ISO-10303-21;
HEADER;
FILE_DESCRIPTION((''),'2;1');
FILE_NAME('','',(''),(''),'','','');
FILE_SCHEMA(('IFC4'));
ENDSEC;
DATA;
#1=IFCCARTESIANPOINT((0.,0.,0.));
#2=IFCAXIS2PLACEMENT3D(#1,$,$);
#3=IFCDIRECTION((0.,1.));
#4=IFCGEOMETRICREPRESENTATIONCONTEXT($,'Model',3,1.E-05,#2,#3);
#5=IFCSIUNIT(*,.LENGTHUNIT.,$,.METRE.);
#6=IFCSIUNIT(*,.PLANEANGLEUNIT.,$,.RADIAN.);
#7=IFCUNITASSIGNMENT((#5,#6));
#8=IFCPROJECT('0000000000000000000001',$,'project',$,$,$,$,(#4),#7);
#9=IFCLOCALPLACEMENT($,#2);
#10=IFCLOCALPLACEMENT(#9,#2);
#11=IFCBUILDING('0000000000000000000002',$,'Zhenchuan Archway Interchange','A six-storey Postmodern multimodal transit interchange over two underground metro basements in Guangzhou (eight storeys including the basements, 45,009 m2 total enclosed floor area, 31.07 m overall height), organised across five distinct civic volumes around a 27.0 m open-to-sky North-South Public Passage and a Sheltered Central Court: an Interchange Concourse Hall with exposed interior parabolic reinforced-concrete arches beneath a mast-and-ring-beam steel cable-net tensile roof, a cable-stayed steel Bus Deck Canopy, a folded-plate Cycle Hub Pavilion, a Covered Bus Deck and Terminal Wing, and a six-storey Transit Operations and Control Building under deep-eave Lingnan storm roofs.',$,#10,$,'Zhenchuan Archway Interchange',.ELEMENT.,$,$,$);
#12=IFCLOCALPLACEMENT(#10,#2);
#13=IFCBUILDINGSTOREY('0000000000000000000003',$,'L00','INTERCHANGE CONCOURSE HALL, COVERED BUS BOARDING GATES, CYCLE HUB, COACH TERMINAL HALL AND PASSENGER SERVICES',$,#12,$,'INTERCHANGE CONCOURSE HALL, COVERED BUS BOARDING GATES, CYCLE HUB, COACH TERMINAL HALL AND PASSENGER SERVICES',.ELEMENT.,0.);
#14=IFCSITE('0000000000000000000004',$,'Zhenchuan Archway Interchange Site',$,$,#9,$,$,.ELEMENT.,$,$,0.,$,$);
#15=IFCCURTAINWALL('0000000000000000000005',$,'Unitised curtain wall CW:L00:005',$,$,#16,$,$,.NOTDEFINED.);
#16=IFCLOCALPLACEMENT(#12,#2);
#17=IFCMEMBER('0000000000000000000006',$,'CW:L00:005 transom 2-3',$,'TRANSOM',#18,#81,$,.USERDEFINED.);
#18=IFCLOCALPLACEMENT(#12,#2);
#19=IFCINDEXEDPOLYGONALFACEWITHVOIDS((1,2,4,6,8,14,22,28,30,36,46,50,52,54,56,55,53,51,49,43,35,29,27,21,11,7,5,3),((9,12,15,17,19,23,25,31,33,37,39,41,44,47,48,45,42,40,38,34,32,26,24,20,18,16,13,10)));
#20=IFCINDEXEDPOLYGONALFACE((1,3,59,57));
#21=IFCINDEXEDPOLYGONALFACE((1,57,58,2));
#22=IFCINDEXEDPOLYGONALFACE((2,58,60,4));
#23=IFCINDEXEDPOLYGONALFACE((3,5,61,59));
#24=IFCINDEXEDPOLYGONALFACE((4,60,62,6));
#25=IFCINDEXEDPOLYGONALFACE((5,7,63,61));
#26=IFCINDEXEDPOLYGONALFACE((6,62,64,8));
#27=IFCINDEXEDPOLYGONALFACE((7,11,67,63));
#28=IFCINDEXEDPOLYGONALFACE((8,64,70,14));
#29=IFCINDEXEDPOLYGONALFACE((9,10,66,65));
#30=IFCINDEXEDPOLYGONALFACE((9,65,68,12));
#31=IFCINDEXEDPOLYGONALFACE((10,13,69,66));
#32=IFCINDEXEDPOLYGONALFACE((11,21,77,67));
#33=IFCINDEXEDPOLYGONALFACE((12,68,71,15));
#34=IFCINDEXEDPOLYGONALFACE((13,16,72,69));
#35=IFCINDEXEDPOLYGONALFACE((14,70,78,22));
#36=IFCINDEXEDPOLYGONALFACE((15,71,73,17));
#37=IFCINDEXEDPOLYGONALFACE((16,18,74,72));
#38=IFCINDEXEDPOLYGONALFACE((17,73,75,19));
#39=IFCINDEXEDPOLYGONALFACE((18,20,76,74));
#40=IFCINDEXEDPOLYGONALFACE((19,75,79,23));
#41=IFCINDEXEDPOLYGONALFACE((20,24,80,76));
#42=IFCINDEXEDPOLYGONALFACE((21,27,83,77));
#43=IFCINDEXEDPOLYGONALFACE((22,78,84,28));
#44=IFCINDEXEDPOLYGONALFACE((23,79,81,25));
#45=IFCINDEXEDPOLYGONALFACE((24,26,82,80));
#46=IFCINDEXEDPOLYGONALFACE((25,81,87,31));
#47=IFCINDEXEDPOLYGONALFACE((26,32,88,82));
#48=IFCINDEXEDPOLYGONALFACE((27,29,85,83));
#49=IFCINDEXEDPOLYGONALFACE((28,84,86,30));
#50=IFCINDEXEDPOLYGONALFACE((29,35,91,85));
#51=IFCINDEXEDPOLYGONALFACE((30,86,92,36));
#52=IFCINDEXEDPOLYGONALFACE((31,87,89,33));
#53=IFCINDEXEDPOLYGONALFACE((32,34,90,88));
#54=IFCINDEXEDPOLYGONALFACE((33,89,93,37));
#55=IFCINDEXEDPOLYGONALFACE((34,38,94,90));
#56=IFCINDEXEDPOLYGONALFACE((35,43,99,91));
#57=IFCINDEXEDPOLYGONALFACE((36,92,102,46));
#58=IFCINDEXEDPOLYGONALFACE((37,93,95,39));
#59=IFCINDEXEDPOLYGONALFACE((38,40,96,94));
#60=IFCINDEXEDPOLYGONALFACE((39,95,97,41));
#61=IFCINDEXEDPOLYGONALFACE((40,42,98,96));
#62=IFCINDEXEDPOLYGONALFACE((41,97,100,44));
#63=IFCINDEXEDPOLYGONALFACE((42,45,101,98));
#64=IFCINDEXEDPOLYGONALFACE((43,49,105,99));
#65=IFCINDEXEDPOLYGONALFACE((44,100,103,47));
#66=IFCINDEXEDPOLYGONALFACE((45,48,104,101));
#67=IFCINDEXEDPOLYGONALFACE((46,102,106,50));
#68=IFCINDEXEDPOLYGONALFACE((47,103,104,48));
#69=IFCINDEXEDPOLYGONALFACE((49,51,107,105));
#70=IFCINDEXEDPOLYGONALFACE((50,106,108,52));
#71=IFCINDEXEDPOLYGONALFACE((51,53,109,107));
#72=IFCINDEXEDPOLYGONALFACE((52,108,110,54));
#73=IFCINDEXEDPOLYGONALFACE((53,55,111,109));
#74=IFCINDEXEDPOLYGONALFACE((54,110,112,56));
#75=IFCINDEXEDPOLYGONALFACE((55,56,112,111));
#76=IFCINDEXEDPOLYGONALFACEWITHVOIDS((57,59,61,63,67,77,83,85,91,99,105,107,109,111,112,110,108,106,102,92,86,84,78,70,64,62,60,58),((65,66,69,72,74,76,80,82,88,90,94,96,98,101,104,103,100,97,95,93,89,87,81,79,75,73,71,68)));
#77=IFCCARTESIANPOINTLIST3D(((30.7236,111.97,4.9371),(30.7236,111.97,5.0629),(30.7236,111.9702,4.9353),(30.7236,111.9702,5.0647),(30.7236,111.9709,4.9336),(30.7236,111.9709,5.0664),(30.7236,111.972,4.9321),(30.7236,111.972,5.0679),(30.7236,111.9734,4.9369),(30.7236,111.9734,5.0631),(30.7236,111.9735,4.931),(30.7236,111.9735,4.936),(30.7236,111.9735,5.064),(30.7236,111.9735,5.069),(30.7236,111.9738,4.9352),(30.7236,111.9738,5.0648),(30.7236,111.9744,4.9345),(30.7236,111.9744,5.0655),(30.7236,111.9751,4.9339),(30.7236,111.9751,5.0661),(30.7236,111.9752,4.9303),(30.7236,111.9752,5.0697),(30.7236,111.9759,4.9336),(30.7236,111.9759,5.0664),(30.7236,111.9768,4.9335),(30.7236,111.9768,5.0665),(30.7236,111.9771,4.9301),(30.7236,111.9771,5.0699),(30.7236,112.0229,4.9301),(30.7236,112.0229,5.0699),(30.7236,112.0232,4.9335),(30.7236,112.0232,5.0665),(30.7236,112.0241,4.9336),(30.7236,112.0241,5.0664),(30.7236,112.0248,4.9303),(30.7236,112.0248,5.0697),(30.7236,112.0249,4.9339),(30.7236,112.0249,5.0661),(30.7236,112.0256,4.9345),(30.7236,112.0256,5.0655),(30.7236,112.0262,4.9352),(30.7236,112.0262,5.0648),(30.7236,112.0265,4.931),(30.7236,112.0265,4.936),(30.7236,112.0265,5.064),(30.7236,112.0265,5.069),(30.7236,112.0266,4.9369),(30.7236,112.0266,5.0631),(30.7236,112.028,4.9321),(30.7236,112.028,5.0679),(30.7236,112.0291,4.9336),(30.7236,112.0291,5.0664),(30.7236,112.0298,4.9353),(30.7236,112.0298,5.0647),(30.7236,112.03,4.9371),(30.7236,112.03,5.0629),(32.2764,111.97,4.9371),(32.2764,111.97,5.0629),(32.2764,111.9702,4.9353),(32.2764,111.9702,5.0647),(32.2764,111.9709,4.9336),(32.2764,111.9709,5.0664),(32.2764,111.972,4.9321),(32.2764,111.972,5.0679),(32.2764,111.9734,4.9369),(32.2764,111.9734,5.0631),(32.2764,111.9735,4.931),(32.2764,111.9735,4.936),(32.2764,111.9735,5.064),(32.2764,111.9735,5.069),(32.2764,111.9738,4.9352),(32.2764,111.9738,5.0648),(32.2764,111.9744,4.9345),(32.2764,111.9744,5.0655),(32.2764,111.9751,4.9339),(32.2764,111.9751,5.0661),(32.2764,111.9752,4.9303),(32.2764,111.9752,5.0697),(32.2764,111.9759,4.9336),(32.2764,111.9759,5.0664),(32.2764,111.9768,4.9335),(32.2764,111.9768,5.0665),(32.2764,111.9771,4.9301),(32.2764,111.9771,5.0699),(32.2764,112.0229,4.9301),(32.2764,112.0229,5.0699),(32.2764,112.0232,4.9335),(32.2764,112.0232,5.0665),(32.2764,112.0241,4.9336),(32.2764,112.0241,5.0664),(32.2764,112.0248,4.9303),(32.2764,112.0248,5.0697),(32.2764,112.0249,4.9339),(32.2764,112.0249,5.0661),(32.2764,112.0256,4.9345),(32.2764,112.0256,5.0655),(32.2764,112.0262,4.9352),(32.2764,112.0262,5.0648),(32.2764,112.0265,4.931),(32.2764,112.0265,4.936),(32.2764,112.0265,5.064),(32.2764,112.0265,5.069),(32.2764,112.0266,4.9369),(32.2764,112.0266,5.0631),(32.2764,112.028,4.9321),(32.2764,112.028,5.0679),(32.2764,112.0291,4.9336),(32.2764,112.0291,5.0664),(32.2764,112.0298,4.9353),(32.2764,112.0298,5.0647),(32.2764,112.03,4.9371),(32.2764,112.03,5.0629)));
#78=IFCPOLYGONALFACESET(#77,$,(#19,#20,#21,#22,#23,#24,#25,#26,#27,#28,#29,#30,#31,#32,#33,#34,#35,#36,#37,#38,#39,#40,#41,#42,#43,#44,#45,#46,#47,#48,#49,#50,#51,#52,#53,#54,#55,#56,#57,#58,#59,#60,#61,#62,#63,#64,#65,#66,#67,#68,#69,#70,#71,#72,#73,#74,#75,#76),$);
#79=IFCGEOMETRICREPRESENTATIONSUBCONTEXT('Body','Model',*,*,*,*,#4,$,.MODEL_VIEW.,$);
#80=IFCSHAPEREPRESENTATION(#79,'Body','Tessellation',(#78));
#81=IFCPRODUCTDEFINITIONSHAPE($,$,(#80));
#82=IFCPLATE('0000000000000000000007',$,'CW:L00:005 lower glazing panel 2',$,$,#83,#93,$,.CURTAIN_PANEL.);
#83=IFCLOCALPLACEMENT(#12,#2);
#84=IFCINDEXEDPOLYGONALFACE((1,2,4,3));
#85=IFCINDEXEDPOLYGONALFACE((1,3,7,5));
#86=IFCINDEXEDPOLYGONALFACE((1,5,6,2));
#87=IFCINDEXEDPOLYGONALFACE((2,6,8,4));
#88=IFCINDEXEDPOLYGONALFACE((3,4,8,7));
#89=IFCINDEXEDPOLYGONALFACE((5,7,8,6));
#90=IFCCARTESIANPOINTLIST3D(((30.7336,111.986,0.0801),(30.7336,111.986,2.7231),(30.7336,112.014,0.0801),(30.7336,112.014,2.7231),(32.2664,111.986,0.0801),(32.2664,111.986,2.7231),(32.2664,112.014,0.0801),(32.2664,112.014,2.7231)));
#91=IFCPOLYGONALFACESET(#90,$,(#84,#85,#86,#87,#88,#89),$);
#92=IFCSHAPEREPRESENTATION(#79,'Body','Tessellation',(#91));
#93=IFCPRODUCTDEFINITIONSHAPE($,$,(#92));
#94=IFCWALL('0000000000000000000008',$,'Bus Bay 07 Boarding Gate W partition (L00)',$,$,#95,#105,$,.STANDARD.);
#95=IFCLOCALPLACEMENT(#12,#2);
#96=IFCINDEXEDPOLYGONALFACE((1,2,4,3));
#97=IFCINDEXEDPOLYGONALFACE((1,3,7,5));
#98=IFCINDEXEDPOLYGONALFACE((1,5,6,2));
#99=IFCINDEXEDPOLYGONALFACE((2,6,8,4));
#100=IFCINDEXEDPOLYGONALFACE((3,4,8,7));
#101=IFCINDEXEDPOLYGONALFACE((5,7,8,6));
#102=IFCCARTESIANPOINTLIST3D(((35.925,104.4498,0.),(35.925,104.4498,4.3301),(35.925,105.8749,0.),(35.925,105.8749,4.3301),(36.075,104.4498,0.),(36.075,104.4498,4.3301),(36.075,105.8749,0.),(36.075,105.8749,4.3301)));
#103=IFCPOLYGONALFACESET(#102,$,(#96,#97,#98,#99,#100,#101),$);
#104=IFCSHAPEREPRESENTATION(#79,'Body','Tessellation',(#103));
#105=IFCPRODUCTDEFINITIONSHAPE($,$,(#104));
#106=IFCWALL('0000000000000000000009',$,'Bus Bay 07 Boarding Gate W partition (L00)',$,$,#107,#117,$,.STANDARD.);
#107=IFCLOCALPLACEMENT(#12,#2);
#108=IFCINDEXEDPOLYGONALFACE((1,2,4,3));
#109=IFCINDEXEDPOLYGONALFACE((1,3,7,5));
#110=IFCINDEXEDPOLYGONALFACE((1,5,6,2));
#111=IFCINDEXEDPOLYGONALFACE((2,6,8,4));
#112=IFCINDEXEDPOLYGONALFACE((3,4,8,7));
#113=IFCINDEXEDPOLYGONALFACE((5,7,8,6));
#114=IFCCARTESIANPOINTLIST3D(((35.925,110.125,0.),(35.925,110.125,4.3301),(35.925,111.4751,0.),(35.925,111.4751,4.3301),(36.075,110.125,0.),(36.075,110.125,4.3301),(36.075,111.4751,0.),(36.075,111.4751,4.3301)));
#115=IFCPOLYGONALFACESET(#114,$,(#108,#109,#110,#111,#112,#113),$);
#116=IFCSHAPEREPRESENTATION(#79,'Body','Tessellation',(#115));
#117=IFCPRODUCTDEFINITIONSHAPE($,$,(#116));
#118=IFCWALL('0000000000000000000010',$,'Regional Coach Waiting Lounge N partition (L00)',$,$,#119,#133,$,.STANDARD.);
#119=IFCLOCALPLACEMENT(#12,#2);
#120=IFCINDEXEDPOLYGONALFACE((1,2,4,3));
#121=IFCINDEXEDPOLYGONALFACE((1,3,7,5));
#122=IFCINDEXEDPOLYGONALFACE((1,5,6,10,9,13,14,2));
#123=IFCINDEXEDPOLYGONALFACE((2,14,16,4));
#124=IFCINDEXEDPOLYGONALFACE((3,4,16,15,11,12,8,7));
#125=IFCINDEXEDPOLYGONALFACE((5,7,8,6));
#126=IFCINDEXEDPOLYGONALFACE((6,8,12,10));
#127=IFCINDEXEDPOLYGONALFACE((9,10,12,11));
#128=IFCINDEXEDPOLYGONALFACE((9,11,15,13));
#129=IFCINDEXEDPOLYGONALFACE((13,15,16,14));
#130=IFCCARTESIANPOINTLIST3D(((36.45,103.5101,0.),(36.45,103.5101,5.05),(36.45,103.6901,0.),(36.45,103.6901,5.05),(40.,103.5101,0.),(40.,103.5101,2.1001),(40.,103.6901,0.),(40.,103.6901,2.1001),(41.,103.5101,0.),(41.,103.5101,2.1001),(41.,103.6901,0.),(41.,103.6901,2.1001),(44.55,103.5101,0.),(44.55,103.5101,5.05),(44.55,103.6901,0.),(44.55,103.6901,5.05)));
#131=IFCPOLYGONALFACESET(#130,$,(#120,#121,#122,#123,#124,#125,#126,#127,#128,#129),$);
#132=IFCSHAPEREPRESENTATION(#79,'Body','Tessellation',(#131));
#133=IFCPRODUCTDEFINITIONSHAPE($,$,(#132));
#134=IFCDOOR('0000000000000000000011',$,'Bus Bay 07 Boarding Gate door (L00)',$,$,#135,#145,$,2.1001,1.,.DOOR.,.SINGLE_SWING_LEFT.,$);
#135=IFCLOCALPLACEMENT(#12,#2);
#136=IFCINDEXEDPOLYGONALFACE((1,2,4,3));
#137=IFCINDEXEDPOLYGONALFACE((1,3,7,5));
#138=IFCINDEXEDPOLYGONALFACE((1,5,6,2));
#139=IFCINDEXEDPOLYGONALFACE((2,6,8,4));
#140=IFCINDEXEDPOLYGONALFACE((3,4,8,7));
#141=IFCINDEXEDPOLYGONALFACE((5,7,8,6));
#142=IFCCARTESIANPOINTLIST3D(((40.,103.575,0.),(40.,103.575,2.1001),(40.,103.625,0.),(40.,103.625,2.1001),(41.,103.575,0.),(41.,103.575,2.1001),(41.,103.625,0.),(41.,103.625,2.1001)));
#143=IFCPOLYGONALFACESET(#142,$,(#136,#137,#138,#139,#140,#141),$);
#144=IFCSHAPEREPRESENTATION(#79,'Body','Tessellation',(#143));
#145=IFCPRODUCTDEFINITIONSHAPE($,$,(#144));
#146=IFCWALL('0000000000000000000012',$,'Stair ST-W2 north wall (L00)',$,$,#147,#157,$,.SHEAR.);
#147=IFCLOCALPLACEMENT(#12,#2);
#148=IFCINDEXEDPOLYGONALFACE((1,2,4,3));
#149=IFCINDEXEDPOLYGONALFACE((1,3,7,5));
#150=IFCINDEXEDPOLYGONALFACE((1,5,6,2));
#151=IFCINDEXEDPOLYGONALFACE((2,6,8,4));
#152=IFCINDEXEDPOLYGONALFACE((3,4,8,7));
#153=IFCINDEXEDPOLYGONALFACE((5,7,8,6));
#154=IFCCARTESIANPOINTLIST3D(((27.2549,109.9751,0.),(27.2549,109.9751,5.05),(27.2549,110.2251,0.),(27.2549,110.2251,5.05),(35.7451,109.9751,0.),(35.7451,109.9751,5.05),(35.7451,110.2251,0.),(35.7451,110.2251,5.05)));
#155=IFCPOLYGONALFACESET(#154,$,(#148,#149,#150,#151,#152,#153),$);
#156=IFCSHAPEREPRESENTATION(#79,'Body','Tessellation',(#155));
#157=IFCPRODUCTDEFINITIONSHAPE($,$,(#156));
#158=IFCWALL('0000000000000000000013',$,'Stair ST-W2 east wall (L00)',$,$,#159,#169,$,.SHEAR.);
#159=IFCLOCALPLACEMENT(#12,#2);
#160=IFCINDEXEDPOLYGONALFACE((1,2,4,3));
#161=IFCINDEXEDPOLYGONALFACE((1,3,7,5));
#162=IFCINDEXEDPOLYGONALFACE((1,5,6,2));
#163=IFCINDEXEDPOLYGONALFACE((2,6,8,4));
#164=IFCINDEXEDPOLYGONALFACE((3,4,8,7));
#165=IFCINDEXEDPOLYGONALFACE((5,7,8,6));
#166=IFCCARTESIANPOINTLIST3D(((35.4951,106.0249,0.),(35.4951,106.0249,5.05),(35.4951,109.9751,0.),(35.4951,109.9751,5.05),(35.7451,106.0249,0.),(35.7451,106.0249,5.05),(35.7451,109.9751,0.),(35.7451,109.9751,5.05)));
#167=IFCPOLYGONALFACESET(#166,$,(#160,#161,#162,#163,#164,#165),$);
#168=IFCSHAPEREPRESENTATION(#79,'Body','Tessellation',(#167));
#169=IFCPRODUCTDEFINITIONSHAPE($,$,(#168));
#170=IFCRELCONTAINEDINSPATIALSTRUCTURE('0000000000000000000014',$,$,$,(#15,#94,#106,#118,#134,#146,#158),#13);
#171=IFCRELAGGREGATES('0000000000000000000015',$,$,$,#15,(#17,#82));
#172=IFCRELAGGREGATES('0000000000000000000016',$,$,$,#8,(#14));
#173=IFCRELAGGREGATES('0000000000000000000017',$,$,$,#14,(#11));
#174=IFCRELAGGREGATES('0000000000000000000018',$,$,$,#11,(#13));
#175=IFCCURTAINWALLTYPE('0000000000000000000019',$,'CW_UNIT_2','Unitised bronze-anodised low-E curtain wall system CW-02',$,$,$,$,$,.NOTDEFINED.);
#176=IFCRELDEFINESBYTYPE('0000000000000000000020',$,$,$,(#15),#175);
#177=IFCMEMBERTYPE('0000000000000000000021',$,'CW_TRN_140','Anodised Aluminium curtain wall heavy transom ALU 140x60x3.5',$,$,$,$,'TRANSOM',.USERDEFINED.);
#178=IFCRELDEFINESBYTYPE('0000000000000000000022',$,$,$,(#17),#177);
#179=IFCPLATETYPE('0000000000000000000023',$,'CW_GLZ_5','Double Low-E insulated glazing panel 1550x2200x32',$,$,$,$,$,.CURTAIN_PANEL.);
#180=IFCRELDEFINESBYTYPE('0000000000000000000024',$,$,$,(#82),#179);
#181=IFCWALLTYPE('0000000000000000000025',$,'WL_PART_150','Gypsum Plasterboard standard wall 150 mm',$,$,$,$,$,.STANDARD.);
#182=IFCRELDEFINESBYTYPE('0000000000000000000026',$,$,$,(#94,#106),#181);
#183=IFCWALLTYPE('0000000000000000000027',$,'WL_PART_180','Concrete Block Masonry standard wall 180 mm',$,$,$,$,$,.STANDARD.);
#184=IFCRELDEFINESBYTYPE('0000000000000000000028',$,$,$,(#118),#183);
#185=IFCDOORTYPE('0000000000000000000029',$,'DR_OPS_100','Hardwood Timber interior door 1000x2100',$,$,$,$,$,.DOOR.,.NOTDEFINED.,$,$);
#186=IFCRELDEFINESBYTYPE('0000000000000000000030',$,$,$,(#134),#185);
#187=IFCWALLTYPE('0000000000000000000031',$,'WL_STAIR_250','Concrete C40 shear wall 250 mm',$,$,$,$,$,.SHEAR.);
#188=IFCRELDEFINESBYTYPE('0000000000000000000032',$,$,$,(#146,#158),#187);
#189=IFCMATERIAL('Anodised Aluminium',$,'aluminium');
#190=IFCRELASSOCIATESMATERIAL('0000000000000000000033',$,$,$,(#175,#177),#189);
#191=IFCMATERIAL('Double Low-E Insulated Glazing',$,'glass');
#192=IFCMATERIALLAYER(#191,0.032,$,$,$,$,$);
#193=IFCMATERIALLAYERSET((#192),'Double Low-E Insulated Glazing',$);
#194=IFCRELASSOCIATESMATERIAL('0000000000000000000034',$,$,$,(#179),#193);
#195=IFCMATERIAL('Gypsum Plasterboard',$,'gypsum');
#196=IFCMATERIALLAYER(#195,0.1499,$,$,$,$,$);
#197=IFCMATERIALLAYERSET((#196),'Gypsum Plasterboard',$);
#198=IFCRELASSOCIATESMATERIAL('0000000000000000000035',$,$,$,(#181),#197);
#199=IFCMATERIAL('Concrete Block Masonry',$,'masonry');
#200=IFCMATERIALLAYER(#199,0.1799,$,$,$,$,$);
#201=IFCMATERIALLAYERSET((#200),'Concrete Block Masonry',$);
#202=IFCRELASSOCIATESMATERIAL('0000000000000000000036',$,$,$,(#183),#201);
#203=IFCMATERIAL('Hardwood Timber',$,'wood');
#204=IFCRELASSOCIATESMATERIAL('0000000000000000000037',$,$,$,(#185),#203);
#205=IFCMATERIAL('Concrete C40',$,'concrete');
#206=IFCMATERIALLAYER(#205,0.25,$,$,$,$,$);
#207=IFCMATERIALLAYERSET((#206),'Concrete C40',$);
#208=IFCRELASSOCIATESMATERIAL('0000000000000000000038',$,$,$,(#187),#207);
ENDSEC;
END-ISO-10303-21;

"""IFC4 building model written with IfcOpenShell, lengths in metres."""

from ifc_helpers import new_model, si_unit, direction, frame, frame_2d, origin, origin_2d, place, context, subcontext, project, spatial, rectangle, hollow_rectangle, extrude, material, layer, layer_set, material_profile, profile_set, type_object, element, fill, aggregate, save


model = new_model("IFC4")

# Units and contexts
model_context = context("Model", 3, precision=1e-05, world=origin(), true_north=direction((0.0, 1.0)))
body_context = subcontext(model_context, "Body", "Model", "MODEL_VIEW")
ifc_project = project(units=[si_unit("LENGTHUNIT", "METRE"), si_unit("PLANEANGLEUNIT", "RADIAN")], contexts=[model_context])

# Site, building, storey
site_placement = place(None, origin())
site = spatial("IfcSite", under=ifc_project, at=site_placement, Name="Zhenchuan Archway Interchange Site", CompositionType="ELEMENT", RefElevation=0.0)
building_placement = place(site_placement, origin())
building = spatial("IfcBuilding", under=site, at=building_placement, Name="Zhenchuan Archway Interchange", Description="A six-storey Postmodern multimodal transit interchange over two underground metro basements in Guangzhou (eight storeys including the basements, 45,009 m2 total enclosed floor area, 31.07 m overall height), organised across five distinct civic volumes around a 27.0 m open-to-sky North-South Public Passage and a Sheltered Central Court: an Interchange Concourse Hall with exposed interior parabolic reinforced-concrete arches beneath a mast-and-ring-beam steel cable-net tensile roof, a cable-stayed steel Bus Deck Canopy, a folded-plate Cycle Hub Pavilion, a Covered Bus Deck and Terminal Wing, and a six-storey Transit Operations and Control Building under deep-eave Lingnan storm roofs.", LongName="Zhenchuan Archway Interchange", CompositionType="ELEMENT")
storey_placement = place(building_placement, origin())
storey = spatial("IfcBuildingStorey", under=building, at=storey_placement, Name="L00", Description="INTERCHANGE CONCOURSE HALL, COVERED BUS BOARDING GATES, CYCLE HUB, COACH TERMINAL HALL AND PASSENGER SERVICES", LongName="INTERCHANGE CONCOURSE HALL, COVERED BUS BOARDING GATES, CYCLE HUB, COACH TERMINAL HALL AND PASSENGER SERVICES", CompositionType="ELEMENT", Elevation=0.0)

# Shared definitions
ifc_material_1 = material(Name="Concrete C40", Category="concrete")

# Curtain wall, member, plate
ifc_material_2 = material(Name="Anodised Aluminium", Category="aluminium")
curtain_wall_type = type_object("IfcCurtainWallType", Name="CW_UNIT_2", Description="Unitised bronze-anodised low-E curtain wall system CW-02", PredefinedType="NOTDEFINED", material=ifc_material_2)
curtain_wall_placement = place(storey_placement, origin())
curtain_wall = element("IfcCurtainWall", 1, at=curtain_wall_placement, inside=storey, type_object=curtain_wall_type, Name="Unitised curtain wall CW:L00:005", PredefinedType="NOTDEFINED")
ifc_material_profile_1 = material_profile(ifc_material_2, hollow_rectangle(XDim=0.0601, YDim=0.1399, WallThickness=0.0034, InnerFilletRadius=0.0034, OuterFilletRadius=0.0071, at=origin_2d()), Name="ALU 140x60x3.5")
ifc_profile_set_1 = profile_set([ifc_material_profile_1], Name="Anodised Aluminium")
member_type = type_object("IfcMemberType", Name="CW_TRN_140", Description="Anodised Aluminium curtain wall heavy transom ALU 140x60x3.5", ElementType="TRANSOM", PredefinedType="USERDEFINED", material=ifc_profile_set_1)
member_1_placement = place(storey_placement, frame((30.7236, 112.0, 5.0), z_axis=(1.0, 0.0, 0.0), x_axis=(0.0, 1.0, 0.0)))
member_1 = element("IfcMember", 2, at=member_1_placement, type_object=member_type, Name="CW:L00:005 transom 2-3", ObjectType="TRANSOM", PredefinedType="USERDEFINED", context=body_context, shape_type="SweptSolid", body=[
    extrude(hollow_rectangle(XDim=0.0601, YDim=0.1399, WallThickness=0.0034, InnerFilletRadius=0.0034, OuterFilletRadius=0.0071, at=origin_2d()), origin(), (0.0, 0.0, 1.0), 1.5527),
])
ifc_material_3 = material(Name="Double Low-E Insulated Glazing", Category="glass")
ifc_layer_1 = layer(ifc_material_3, 0.032)
ifc_layer_set_1 = layer_set([ifc_layer_1], Name="Double Low-E Insulated Glazing")
plate_type = type_object("IfcPlateType", Name="CW_GLZ_5", Description="Double Low-E insulated glazing panel 1550x2200x32", PredefinedType="CURTAIN_PANEL", material=ifc_layer_set_1)
plate_placement = place(storey_placement, frame((31.5, 112.0, 0.0801), z_axis=(0.0, 0.0, 1.0), x_axis=(1.0, 0.0, 0.0)))
plate = element("IfcPlate", 3, at=plate_placement, type_object=plate_type, Name="CW:L00:005 lower glazing panel 2", PredefinedType="CURTAIN_PANEL", context=body_context, shape_type="SweptSolid", body=[
    extrude(rectangle(XDim=1.5327, YDim=0.0281, at=origin_2d()), origin(), (0.0, 0.0, 1.0), 2.6431),
])
aggregate(curtain_wall, [member_1, plate])

# Walls
ifc_material_4 = material(Name="Gypsum Plasterboard", Category="gypsum")
ifc_layer_2 = layer(ifc_material_4, 0.1499)
ifc_layer_set_2 = layer_set([ifc_layer_2], Name="Gypsum Plasterboard")
wall_type_1 = type_object("IfcWallType", Name="WL_PART_150", Description="Gypsum Plasterboard standard wall 150 mm", PredefinedType="STANDARD", material=ifc_layer_set_2)
wall_1_placement = place(storey_placement, frame((36.0, 104.45, 0.0), z_axis=(0.0, 0.0, 1.0), x_axis=(0.0, 1.0, 0.0)))
element("IfcWall", 4, at=wall_1_placement, inside=storey, type_object=wall_type_1, Name="Bus Bay 07 Boarding Gate W partition (L00)", PredefinedType="STANDARD", context=body_context, shape_type="SweptSolid", body=[
    extrude(rectangle(XDim=1.425, YDim=0.1499, at=frame_2d((0.7124, 0.0))), origin(), (0.0, 0.0, 1.0), 4.3301),
])
wall_2_placement = place(storey_placement, frame((36.0, 110.125, 0.0), z_axis=(0.0, 0.0, 1.0), x_axis=(0.0, 1.0, 0.0)))
element("IfcWall", 5, at=wall_2_placement, inside=storey, type_object=wall_type_1, Name="Bus Bay 07 Boarding Gate W partition (L00)", PredefinedType="STANDARD", context=body_context, shape_type="SweptSolid", body=[
    extrude(rectangle(XDim=1.3501, YDim=0.1499, at=frame_2d((0.675, 0.0))), origin(), (0.0, 0.0, 1.0), 4.3301),
])

# Wall, opening, door
ifc_material_5 = material(Name="Concrete Block Masonry", Category="masonry")
ifc_layer_3 = layer(ifc_material_5, 0.1799)
ifc_layer_set_3 = layer_set([ifc_layer_3], Name="Concrete Block Masonry")
wall_type_2 = type_object("IfcWallType", Name="WL_PART_180", Description="Concrete Block Masonry standard wall 180 mm", PredefinedType="STANDARD", material=ifc_layer_set_3)
wall_3_placement = place(storey_placement, frame((36.45, 103.6001, 0.0), z_axis=(0.0, 0.0, 1.0), x_axis=(1.0, 0.0, 0.0)))
wall_3 = element("IfcWall", 6, at=wall_3_placement, inside=storey, type_object=wall_type_2, Name="Regional Coach Waiting Lounge N partition (L00)", PredefinedType="STANDARD", context=body_context, shape_type="SweptSolid", body=[
    extrude(rectangle(XDim=8.1001, YDim=0.1799, at=frame_2d((4.05, 0.0))), origin(), (0.0, 0.0, 1.0), 5.05),
])
opening_placement = place(wall_3_placement, frame((3.55, 0.0, 0.0)))
opening = element("IfcOpeningElement", 7, at=opening_placement, cuts=wall_3, PredefinedType="OPENING", context=body_context, shape_type="SweptSolid", body=[
    extrude(rectangle(XDim=1.0, YDim=2.1001, at=frame_2d((0.5, 1.05))), frame((0.0, 0.1021, 0.0), z_axis=(0.0, -1.0, 0.0), x_axis=(1.0, 0.0, 0.0)), (0.0, 0.0, 1.0), 0.2039),
])
ifc_material_6 = material(Name="Hardwood Timber", Category="wood")
door_type = type_object("IfcDoorType", Name="DR_OPS_100", Description="Hardwood Timber interior door 1000x2100", OperationType="NOTDEFINED", PredefinedType="DOOR", material=ifc_material_6)
door_placement = place(opening_placement, origin())
door = element("IfcDoor", 8, at=door_placement, inside=storey, type_object=door_type, Name="Bus Bay 07 Boarding Gate door (L00)", OperationType="SINGLE_SWING_LEFT", OverallHeight=2.1001, OverallWidth=1.0, PredefinedType="DOOR", context=body_context, shape_type="SweptSolid", body=[
    extrude(rectangle(XDim=1.0, YDim=2.1001, at=frame_2d((0.5, 1.05))), frame((0.0, 0.0249, 0.0), z_axis=(0.0, -1.0, 0.0), x_axis=(1.0, 0.0, 0.0)), (0.0, 0.0, 1.0), 0.05),
])
fill(opening, door)

# Walls
ifc_layer_4 = layer(ifc_material_1, 0.25)
ifc_layer_set_4 = layer_set([ifc_layer_4], Name="Concrete C40")
wall_type_3 = type_object("IfcWallType", Name="WL_STAIR_250", Description="Concrete C40 shear wall 250 mm", PredefinedType="SHEAR", material=ifc_layer_set_4)
wall_4_placement = place(storey_placement, frame((35.7451, 110.1001, 0.0), z_axis=(0.0, 0.0, 1.0), x_axis=(-1.0, 0.0, 0.0)))
element("IfcWall", 9, at=wall_4_placement, inside=storey, type_object=wall_type_3, Name="Stair ST-W2 north wall (L00)", PredefinedType="SHEAR", context=body_context, shape_type="SweptSolid", body=[
    extrude(rectangle(XDim=8.4902, YDim=0.25, at=frame_2d((4.2451, 0.0))), origin(), (0.0, 0.0, 1.0), 5.05),
])
wall_5_placement = place(storey_placement, frame((35.6201, 106.0249, 0.0), z_axis=(0.0, 0.0, 1.0), x_axis=(0.0, 1.0, 0.0)))
element("IfcWall", 10, at=wall_5_placement, inside=storey, type_object=wall_type_3, Name="Stair ST-W2 east wall (L00)", PredefinedType="SHEAR", context=body_context, shape_type="SweptSolid", body=[
    extrude(rectangle(XDim=3.9502, YDim=0.25, at=frame_2d((1.9751, 0.0))), origin(), (0.0, 0.0, 1.0), 5.05),
])

save(model, "model.ifc")
